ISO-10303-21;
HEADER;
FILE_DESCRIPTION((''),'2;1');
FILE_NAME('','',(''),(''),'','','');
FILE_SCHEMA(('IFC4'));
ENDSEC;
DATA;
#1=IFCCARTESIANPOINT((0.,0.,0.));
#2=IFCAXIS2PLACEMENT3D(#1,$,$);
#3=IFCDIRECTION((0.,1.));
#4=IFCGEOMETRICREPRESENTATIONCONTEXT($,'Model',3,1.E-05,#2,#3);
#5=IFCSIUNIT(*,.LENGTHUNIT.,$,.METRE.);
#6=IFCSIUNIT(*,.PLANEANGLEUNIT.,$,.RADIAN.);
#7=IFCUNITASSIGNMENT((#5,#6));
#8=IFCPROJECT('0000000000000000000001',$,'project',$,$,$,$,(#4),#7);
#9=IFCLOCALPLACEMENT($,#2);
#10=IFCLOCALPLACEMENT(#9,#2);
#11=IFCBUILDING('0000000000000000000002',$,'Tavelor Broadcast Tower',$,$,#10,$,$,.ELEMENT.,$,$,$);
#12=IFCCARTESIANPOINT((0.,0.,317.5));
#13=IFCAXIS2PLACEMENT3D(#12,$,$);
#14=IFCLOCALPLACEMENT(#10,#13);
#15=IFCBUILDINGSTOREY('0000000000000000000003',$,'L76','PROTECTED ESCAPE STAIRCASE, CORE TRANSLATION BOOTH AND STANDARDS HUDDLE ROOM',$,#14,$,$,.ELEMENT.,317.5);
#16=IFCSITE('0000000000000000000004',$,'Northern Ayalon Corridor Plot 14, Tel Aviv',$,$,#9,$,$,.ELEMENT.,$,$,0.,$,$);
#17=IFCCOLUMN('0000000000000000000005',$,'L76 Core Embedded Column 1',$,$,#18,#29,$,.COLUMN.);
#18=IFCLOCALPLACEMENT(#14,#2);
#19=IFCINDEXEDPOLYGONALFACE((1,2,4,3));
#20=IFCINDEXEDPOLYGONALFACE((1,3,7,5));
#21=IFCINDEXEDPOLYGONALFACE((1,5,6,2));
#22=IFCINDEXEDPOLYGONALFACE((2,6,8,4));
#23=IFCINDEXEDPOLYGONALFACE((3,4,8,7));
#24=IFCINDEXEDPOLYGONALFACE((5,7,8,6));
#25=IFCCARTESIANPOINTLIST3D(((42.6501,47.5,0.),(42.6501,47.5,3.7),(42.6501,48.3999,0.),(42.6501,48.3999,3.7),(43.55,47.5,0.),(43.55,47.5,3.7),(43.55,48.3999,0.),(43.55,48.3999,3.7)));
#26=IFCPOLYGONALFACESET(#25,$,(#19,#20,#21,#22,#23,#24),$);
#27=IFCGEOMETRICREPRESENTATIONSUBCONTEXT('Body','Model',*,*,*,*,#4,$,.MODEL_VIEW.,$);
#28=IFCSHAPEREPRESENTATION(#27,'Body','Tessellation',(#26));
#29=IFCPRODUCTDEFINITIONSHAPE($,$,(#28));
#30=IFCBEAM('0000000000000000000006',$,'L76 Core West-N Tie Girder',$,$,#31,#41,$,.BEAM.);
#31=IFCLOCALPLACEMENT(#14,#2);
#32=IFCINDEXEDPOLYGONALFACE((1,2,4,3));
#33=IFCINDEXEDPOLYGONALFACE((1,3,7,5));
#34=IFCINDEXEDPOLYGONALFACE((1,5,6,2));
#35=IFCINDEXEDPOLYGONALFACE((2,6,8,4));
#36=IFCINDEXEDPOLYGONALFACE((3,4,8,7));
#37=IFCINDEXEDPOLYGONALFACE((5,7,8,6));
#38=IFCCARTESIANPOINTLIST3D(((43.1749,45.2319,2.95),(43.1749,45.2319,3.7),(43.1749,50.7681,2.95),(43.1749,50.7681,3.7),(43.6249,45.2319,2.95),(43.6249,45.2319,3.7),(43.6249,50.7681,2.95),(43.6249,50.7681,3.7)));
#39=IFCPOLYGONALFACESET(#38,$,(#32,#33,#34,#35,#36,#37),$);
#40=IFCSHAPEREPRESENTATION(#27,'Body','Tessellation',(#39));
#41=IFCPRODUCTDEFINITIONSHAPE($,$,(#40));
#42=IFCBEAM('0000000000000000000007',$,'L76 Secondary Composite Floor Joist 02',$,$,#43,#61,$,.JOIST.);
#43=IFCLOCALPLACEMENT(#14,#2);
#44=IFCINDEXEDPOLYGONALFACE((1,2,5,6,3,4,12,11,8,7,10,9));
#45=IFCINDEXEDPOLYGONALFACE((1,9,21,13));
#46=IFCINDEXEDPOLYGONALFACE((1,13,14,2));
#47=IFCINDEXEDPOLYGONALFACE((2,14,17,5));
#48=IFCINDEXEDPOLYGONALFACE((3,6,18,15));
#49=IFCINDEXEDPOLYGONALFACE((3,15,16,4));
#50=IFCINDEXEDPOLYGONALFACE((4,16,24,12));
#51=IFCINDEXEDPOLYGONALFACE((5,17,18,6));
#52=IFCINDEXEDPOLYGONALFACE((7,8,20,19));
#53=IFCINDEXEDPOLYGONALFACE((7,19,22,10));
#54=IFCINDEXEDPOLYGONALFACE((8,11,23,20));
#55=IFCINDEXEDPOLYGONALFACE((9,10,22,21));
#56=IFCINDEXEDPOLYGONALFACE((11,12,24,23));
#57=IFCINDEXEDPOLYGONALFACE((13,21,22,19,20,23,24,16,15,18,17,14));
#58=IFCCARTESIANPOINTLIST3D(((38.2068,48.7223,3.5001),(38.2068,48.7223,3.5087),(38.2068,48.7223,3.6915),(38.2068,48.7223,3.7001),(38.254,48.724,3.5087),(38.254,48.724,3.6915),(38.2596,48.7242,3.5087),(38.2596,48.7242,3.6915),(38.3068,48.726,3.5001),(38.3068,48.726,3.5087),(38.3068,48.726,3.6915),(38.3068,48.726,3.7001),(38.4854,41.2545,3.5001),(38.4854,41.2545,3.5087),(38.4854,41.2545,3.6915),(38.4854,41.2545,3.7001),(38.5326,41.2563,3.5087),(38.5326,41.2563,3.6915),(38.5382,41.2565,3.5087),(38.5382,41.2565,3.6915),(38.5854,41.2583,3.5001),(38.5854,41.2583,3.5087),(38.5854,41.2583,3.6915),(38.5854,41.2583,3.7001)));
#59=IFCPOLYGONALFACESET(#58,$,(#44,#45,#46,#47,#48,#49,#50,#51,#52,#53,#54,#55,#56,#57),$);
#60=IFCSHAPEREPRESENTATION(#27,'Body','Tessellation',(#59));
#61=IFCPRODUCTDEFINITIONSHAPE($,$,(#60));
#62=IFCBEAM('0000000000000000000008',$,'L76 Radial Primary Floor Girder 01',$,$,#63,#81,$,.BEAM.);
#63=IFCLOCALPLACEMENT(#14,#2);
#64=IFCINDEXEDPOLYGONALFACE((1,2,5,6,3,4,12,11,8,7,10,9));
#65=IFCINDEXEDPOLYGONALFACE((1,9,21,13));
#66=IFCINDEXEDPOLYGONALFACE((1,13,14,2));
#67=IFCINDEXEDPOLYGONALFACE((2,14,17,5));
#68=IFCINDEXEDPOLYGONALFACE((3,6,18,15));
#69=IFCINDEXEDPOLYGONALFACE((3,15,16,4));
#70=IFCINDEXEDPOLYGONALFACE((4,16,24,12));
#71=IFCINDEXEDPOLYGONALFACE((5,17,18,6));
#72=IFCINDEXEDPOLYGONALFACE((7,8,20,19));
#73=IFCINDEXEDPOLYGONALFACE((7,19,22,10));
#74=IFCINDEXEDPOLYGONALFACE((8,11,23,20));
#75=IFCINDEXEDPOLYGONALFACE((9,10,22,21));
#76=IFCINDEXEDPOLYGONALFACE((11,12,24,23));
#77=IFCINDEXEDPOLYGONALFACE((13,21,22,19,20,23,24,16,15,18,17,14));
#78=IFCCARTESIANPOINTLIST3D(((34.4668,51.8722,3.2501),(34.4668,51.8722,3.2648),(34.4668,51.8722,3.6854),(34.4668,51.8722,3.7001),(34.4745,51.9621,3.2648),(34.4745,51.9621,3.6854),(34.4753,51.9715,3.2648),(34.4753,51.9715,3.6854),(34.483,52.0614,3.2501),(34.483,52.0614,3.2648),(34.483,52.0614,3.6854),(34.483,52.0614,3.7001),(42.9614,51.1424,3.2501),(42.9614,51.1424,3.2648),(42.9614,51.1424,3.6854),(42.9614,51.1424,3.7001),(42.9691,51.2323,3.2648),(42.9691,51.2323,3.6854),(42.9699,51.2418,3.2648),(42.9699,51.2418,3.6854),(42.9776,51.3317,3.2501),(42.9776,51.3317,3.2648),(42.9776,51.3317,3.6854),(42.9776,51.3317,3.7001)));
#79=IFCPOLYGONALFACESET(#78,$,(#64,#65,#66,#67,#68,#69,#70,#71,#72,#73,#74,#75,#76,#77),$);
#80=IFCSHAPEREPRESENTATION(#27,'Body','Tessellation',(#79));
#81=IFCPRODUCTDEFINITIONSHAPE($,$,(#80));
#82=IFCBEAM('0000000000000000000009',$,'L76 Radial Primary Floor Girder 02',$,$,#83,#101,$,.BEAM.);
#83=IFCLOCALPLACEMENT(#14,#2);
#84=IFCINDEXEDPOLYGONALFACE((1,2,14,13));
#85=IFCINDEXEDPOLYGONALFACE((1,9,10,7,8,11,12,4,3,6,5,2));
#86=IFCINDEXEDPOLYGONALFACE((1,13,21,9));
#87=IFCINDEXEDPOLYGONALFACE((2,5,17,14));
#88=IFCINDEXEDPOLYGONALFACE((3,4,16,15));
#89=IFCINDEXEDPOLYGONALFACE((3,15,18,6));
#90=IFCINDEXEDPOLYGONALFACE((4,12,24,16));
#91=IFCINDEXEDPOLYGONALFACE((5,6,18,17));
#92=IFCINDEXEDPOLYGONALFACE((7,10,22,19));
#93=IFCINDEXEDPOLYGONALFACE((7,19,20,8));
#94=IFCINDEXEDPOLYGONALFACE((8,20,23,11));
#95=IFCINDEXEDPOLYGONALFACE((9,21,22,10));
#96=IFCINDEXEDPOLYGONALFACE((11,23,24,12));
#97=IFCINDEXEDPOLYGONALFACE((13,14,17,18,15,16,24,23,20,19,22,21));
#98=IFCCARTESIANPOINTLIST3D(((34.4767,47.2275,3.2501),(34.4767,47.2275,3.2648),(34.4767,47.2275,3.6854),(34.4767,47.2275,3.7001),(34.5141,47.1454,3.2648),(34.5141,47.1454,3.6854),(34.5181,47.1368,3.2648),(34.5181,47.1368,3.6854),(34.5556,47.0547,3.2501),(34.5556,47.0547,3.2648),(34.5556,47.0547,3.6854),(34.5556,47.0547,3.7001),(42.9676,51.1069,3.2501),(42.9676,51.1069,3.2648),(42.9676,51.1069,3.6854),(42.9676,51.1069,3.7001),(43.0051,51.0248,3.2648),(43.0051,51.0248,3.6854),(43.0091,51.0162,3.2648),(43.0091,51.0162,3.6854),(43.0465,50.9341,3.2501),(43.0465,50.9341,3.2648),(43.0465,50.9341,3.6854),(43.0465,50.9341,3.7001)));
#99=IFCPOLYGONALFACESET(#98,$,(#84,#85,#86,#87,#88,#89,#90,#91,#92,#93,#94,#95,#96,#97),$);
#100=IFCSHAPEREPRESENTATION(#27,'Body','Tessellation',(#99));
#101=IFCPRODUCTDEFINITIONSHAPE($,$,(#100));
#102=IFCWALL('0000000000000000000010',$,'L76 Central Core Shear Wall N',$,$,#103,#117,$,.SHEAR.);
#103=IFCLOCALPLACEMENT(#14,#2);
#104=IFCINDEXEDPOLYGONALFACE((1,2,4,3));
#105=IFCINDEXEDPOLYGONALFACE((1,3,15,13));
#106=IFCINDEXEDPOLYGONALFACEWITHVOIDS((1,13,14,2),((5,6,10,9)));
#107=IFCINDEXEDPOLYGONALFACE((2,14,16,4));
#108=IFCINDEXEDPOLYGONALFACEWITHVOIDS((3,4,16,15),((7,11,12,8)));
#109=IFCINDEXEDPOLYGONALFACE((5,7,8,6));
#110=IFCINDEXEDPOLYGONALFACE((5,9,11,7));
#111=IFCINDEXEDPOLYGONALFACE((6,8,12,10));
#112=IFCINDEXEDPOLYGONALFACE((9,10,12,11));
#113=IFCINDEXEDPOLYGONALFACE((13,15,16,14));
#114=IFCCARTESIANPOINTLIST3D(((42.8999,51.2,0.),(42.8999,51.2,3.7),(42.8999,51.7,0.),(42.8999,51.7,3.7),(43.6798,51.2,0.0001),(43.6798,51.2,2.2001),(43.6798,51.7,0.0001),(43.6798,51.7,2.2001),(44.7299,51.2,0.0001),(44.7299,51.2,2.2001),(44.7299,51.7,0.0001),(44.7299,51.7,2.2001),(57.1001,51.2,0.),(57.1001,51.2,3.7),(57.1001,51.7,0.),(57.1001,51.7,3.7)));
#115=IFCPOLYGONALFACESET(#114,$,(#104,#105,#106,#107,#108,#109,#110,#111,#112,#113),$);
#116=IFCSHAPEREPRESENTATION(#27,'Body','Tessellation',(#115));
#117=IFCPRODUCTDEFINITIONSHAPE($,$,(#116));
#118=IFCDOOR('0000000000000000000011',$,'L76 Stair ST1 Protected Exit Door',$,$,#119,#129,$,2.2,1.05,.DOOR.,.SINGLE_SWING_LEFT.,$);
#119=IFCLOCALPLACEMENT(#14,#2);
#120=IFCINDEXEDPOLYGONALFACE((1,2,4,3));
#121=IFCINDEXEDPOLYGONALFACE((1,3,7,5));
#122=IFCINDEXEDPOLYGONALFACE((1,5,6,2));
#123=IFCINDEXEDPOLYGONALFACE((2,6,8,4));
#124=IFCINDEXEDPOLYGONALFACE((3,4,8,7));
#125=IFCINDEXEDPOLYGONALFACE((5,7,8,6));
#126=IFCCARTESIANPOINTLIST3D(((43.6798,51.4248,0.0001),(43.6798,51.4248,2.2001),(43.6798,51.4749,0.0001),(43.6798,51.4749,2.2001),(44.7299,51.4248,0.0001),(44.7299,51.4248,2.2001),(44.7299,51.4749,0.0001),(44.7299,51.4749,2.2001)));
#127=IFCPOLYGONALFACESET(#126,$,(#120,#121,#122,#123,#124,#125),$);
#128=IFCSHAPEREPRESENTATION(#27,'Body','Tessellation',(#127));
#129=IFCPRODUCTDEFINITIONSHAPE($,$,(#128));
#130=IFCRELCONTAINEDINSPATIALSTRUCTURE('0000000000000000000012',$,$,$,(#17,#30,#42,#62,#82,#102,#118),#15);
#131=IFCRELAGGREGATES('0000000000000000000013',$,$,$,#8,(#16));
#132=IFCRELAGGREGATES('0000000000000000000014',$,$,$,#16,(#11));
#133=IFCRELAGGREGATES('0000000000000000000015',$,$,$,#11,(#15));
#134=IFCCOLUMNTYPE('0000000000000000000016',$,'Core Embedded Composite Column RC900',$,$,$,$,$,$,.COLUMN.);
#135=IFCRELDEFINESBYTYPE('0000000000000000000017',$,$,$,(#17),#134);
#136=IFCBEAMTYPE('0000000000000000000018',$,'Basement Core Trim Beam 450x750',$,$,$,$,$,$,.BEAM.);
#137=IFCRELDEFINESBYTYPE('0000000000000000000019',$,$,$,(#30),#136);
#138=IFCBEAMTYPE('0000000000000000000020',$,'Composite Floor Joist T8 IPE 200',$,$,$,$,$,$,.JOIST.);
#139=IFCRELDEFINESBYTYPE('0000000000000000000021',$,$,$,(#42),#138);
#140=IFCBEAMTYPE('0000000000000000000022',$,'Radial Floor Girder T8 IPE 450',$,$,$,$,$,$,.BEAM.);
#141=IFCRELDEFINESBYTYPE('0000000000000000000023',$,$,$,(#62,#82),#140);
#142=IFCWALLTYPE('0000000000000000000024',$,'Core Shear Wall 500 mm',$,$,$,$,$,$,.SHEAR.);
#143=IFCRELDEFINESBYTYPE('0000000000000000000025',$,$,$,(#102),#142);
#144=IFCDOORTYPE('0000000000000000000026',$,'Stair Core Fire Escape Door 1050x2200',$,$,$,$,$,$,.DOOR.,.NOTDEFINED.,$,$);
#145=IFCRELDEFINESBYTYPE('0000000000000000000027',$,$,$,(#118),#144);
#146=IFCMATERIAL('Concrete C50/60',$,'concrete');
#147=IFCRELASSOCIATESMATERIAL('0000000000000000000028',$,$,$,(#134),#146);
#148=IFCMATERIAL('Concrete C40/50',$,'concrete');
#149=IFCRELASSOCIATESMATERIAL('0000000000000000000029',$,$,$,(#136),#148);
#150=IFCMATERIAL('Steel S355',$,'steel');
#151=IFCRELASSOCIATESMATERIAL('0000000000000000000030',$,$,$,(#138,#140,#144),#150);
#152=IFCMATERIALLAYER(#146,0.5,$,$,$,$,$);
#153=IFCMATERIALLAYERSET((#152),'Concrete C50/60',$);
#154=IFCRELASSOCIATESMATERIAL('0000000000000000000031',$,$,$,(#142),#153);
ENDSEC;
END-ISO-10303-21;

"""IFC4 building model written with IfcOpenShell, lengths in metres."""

from ifc_helpers import new_model, si_unit, direction, frame, frame_2d, origin, origin_2d, place, context, subcontext, project, spatial, rectangle, i_section, extrude, material, layer, layer_set, material_profile, profile_set, type_object, element, fill, save


model = new_model("IFC4")

# Units and contexts
model_context = context("Model", 3, precision=1e-05, world=origin(), true_north=direction((0.0, 1.0)))
body_context = subcontext(model_context, "Body", "Model", "MODEL_VIEW")
ifc_project = project(units=[si_unit("LENGTHUNIT", "METRE"), si_unit("PLANEANGLEUNIT", "RADIAN")], contexts=[model_context])

# Site, building, storey
site_placement = place(None, origin())
site = spatial("IfcSite", under=ifc_project, at=site_placement, Name="Northern Ayalon Corridor Plot 14, Tel Aviv", CompositionType="ELEMENT", RefElevation=0.0)
building_placement = place(site_placement, origin())
building = spatial("IfcBuilding", under=site, at=building_placement, Name="Tavelor Broadcast Tower", CompositionType="ELEMENT")
storey_placement = place(building_placement, frame((0.0, 0.0, 317.5)))
storey = spatial("IfcBuildingStorey", under=building, at=storey_placement, Name="L76", Description="PROTECTED ESCAPE STAIRCASE, CORE TRANSLATION BOOTH AND STANDARDS HUDDLE ROOM", CompositionType="ELEMENT", Elevation=317.5)

# Column
ifc_material_1 = material(Name="Concrete C50/60", Category="concrete")
ifc_material_profile_1 = material_profile(ifc_material_1, rectangle(XDim=0.8999, YDim=0.8999, at=origin_2d()), Name="RC 900x900")
ifc_profile_set_1 = profile_set([ifc_material_profile_1], Name="Concrete C50/60")
column_type = type_object("IfcColumnType", Name="Core Embedded Composite Column RC900", PredefinedType="COLUMN", material=ifc_profile_set_1)
column_placement = place(storey_placement, frame((43.1001, 47.95, 0.0), z_axis=(0.0, 0.0, 1.0), x_axis=(1.0, 0.0, 0.0)))
element("IfcColumn", 1, at=column_placement, inside=storey, type_object=column_type, Name="L76 Core Embedded Column 1", PredefinedType="COLUMN", context=body_context, shape_type="SweptSolid", body=[
    extrude(rectangle(XDim=0.8999, YDim=0.8999, at=origin_2d()), origin(), (0.0, 0.0, 1.0), 3.7),
])

# Beams
ifc_material_2 = material(Name="Concrete C40/50", Category="concrete")
ifc_material_profile_2 = material_profile(ifc_material_2, rectangle(XDim=0.45, YDim=0.75, at=origin_2d()), Name="RC 450x750")
ifc_profile_set_2 = profile_set([ifc_material_profile_2], Name="Concrete C40/50")
beam_type_1 = type_object("IfcBeamType", Name="Basement Core Trim Beam 450x750", PredefinedType="BEAM", material=ifc_profile_set_2)
beam_1_placement = place(storey_placement, frame((43.3999, 45.2319, 3.325), z_axis=(0.0, 1.0, 0.0), x_axis=(-1.0, 0.0, 0.0)))
element("IfcBeam", 2, at=beam_1_placement, inside=storey, type_object=beam_type_1, Name="L76 Core West-N Tie Girder", PredefinedType="BEAM", context=body_context, shape_type="SweptSolid", body=[
    extrude(rectangle(XDim=0.45, YDim=0.75, at=origin_2d()), origin(), (0.0, 0.0, 1.0), 5.5361),
])
ifc_material_3 = material(Name="Steel S355", Category="steel")
ifc_material_profile_3 = material_profile(ifc_material_3, i_section(OverallWidth=0.1001, OverallDepth=0.2, WebThickness=0.0056, FlangeThickness=0.0085, at=origin_2d()), Name="IPE 200")
ifc_profile_set_3 = profile_set([ifc_material_profile_3], Name="Steel S355")
beam_type_2 = type_object("IfcBeamType", Name="Composite Floor Joist T8 IPE 200", PredefinedType="JOIST", material=ifc_profile_set_3)
beam_2_placement = place(storey_placement, frame((38.2568, 48.7241, 3.6001), z_axis=(0.037276, -0.999305, 0.0), x_axis=(0.999305, 0.037276, 0.0)))
element("IfcBeam", 3, at=beam_2_placement, inside=storey, type_object=beam_type_2, Name="L76 Secondary Composite Floor Joist 02", PredefinedType="JOIST", context=body_context, shape_type="SweptSolid", body=[
    extrude(i_section(OverallWidth=0.1001, OverallDepth=0.2, WebThickness=0.0056, FlangeThickness=0.0085, at=origin_2d()), origin(), (0.0, 0.0, 1.0), 7.4729),
])
ifc_material_profile_4 = material_profile(ifc_material_3, i_section(OverallWidth=0.1899, OverallDepth=0.45, WebThickness=0.0095, FlangeThickness=0.0146, at=origin_2d()), Name="IPE 450")
ifc_profile_set_4 = profile_set([ifc_material_profile_4], Name="Steel S355")
beam_type_3 = type_object("IfcBeamType", Name="Radial Floor Girder T8 IPE 450", PredefinedType="BEAM", material=ifc_profile_set_4)
beam_3_placement = place(storey_placement, frame((42.9695, 51.2371, 3.4751), z_axis=(-0.99633, 0.08559, 0.0), x_axis=(-0.08559, -0.99633, 0.0)))
element("IfcBeam", 4, at=beam_3_placement, inside=storey, type_object=beam_type_3, Name="L76 Radial Primary Floor Girder 01", PredefinedType="BEAM", context=body_context, shape_type="SweptSolid", body=[
    extrude(i_section(OverallWidth=0.1899, OverallDepth=0.45, WebThickness=0.0095, FlangeThickness=0.0146, at=origin_2d()), origin(), (0.0, 0.0, 1.0), 8.5259),
])
beam_4_placement = place(storey_placement, frame((43.0071, 51.0205, 3.4751), z_axis=(-0.909563, -0.415566, 0.0), x_axis=(0.415566, -0.909563, 0.0)))
element("IfcBeam", 5, at=beam_4_placement, inside=storey, type_object=beam_type_3, Name="L76 Radial Primary Floor Girder 02", PredefinedType="BEAM", context=body_context, shape_type="SweptSolid", body=[
    extrude(i_section(OverallWidth=0.1899, OverallDepth=0.45, WebThickness=0.0095, FlangeThickness=0.0146, at=origin_2d()), origin(), (0.0, 0.0, 1.0), 9.3352),
])

# Wall, opening, door
ifc_layer_1 = layer(ifc_material_1, 0.5)
ifc_layer_set_1 = layer_set([ifc_layer_1], Name="Concrete C50/60")
wall_type_1 = type_object("IfcWallType", Name="Core Shear Wall 500 mm", PredefinedType="SHEAR", material=ifc_layer_set_1)
wall_1_placement = place(storey_placement, frame((42.8999, 51.45, 0.0), z_axis=(0.0, 0.0, 1.0), x_axis=(1.0, 0.0, 0.0)))
wall_1 = element("IfcWall", 6, at=wall_1_placement, inside=storey, type_object=wall_type_1, Name="L76 Central Core Shear Wall N", PredefinedType="SHEAR", context=body_context, shape_type="SweptSolid", body=[
    extrude(rectangle(XDim=14.2002, YDim=0.5, at=frame_2d((7.1001, 0.0))), origin(), (0.0, 0.0, 1.0), 3.7),
])
opening_1_placement = place(wall_1_placement, frame((0.78, 0.0, 0.0)))
opening_1 = element("IfcOpeningElement", 7, at=opening_1_placement, cuts=wall_1, PredefinedType="OPENING", context=body_context, shape_type="SweptSolid", body=[
    extrude(rectangle(XDim=1.05, YDim=2.2, at=frame_2d((0.5249, 1.1001))), frame((0.0, 0.26, 0.0), z_axis=(0.0, -1.0, 0.0), x_axis=(1.0, 0.0, 0.0)), (0.0, 0.0, 1.0), 0.52),
])
door_type_1 = type_object("IfcDoorType", Name="Stair Core Fire Escape Door 1050x2200", OperationType="NOTDEFINED", PredefinedType="DOOR", material=ifc_material_3)
door_1_placement = place(opening_1_placement, origin())
door_1 = element("IfcDoor", 8, at=door_1_placement, inside=storey, type_object=door_type_1, Name="L76 Stair ST1 Protected Exit Door", OperationType="SINGLE_SWING_LEFT", OverallHeight=2.2, OverallWidth=1.05, PredefinedType="DOOR", context=body_context, shape_type="SweptSolid", body=[
    extrude(rectangle(XDim=1.05, YDim=2.2, at=frame_2d((0.5249, 1.1001))), frame((0.0, 0.0249, 0.0), z_axis=(0.0, -1.0, 0.0), x_axis=(1.0, 0.0, 0.0)), (0.0, 0.0, 1.0), 0.05),
])
fill(opening_1, door_1)

save(model, "model.ifc")
